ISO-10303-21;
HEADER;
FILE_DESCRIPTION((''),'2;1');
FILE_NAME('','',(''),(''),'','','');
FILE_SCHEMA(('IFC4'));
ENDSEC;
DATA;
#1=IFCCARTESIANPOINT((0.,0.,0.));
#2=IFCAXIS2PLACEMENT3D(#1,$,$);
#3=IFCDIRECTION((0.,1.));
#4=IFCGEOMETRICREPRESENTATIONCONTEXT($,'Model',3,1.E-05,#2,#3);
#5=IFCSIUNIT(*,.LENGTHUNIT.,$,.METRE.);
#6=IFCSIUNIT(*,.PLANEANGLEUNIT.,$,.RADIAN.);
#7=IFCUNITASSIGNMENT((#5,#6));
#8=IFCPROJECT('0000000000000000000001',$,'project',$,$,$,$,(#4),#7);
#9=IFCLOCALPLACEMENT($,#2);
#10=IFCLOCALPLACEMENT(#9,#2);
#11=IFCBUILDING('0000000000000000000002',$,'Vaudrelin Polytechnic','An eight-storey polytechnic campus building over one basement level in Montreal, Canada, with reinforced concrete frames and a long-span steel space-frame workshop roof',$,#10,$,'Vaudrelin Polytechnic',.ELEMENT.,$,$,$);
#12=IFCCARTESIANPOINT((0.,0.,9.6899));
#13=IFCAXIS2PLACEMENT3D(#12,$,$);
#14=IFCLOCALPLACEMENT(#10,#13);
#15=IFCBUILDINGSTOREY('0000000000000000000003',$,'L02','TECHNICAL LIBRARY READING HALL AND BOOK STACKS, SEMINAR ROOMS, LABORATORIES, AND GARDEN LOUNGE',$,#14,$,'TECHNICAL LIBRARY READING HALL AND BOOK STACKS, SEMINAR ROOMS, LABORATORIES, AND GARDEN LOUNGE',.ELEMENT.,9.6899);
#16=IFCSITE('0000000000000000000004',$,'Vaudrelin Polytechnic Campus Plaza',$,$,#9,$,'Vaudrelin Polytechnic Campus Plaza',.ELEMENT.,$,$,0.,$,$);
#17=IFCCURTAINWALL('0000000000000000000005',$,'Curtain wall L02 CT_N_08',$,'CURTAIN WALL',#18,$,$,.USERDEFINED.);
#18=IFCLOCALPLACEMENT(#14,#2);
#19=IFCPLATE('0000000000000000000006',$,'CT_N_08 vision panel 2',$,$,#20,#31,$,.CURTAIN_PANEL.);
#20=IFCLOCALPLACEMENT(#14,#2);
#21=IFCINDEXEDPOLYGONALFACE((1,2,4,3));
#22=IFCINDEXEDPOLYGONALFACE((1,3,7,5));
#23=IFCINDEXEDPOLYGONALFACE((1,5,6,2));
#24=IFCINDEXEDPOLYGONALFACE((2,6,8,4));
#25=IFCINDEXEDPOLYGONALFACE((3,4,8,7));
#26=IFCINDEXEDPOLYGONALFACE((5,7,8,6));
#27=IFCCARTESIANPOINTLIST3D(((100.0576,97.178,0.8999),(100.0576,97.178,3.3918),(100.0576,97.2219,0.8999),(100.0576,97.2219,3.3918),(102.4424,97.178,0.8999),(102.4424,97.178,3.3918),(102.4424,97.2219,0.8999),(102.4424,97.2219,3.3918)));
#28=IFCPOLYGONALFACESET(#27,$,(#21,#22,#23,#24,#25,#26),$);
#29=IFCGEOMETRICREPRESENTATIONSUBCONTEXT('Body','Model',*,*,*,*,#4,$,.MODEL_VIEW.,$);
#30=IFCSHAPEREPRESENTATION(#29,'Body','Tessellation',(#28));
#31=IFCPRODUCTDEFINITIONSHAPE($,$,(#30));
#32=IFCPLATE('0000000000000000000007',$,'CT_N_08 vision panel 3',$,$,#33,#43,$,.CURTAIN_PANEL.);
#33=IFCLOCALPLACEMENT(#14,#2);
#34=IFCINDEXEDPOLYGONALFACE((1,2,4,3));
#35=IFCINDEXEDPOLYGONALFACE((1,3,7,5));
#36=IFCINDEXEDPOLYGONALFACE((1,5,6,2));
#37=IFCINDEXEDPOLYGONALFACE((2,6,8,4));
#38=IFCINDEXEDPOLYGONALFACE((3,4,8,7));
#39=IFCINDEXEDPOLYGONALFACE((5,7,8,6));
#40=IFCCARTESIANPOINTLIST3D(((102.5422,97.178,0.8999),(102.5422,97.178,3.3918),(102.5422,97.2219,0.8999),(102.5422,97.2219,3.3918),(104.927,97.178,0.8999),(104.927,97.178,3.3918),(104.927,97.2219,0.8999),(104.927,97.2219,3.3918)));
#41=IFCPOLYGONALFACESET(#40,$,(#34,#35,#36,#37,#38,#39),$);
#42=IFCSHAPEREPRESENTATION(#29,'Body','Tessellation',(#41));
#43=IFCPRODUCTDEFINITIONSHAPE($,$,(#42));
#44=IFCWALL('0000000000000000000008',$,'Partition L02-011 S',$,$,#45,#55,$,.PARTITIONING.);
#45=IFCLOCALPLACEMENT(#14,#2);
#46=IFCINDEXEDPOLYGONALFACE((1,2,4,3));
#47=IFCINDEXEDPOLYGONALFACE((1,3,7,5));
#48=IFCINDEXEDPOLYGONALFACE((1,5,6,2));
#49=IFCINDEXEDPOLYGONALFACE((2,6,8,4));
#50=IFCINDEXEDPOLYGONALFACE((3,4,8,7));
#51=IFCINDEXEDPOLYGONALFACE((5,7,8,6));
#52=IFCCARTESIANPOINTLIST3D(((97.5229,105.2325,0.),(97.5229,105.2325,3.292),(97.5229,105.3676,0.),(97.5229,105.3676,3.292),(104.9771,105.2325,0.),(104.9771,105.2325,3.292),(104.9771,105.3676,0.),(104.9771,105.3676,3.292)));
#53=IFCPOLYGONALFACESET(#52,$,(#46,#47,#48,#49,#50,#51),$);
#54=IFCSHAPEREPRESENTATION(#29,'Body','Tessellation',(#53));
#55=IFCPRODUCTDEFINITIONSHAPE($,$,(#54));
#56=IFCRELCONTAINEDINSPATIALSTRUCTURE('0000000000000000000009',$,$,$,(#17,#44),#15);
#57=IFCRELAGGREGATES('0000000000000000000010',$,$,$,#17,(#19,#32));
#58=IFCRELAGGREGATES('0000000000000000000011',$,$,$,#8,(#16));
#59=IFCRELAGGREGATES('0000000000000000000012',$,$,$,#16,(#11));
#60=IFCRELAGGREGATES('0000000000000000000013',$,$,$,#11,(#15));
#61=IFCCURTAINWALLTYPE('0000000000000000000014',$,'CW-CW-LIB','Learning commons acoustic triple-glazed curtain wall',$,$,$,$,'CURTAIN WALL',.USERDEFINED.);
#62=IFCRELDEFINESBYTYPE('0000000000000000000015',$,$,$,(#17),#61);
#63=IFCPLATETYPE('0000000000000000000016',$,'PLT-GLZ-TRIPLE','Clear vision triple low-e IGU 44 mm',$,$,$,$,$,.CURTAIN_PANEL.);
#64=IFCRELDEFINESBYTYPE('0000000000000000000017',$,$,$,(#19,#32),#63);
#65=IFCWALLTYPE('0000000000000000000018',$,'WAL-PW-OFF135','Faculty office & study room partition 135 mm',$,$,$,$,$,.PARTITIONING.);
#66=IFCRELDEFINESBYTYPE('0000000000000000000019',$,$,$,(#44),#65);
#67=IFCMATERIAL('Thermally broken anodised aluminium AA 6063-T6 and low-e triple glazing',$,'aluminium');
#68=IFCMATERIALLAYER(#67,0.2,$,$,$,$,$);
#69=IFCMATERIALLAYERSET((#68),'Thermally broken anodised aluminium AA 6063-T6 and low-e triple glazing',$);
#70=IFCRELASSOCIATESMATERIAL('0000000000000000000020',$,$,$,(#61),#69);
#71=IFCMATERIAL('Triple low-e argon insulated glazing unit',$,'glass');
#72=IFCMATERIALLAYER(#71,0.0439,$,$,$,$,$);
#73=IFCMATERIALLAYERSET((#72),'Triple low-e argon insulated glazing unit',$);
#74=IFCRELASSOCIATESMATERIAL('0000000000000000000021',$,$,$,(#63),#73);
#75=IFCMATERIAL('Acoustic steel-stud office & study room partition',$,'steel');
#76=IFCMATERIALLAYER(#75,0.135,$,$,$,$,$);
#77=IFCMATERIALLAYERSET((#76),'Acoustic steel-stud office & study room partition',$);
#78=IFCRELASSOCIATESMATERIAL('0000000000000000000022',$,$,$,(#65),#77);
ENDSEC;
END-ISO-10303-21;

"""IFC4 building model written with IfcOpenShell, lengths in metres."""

from ifc_helpers import new_model, si_unit, direction, frame, frame_2d, origin, origin_2d, place, context, subcontext, project, spatial, rectangle, extrude, material, layer, layer_set, type_object, element, aggregate, save


model = new_model("IFC4")

# Units and contexts
model_context = context("Model", 3, precision=1e-05, world=origin(), true_north=direction((0.0, 1.0)))
body_context = subcontext(model_context, "Body", "Model", "MODEL_VIEW")
ifc_project = project(units=[si_unit("LENGTHUNIT", "METRE"), si_unit("PLANEANGLEUNIT", "RADIAN")], contexts=[model_context])

# Site, building, storey
site_placement = place(None, origin())
site = spatial("IfcSite", under=ifc_project, at=site_placement, Name="Vaudrelin Polytechnic Campus Plaza", LongName="Vaudrelin Polytechnic Campus Plaza", CompositionType="ELEMENT", RefElevation=0.0)
building_placement = place(site_placement, origin())
building = spatial("IfcBuilding", under=site, at=building_placement, Name="Vaudrelin Polytechnic", Description="An eight-storey polytechnic campus building over one basement level in Montreal, Canada, with reinforced concrete frames and a long-span steel space-frame workshop roof", LongName="Vaudrelin Polytechnic", CompositionType="ELEMENT")
storey_placement = place(building_placement, frame((0.0, 0.0, 9.6899)))
storey = spatial("IfcBuildingStorey", under=building, at=storey_placement, Name="L02", Description="TECHNICAL LIBRARY READING HALL AND BOOK STACKS, SEMINAR ROOMS, LABORATORIES, AND GARDEN LOUNGE", LongName="TECHNICAL LIBRARY READING HALL AND BOOK STACKS, SEMINAR ROOMS, LABORATORIES, AND GARDEN LOUNGE", CompositionType="ELEMENT", Elevation=9.6899)

# Curtain wall
ifc_material_1 = material(Name="Thermally broken anodised aluminium AA 6063-T6 and low-e triple glazing", Category="aluminium")
ifc_layer_1 = layer(ifc_material_1, 0.2)
ifc_layer_set_1 = layer_set([ifc_layer_1], Name="Thermally broken anodised aluminium AA 6063-T6 and low-e triple glazing")
curtain_wall_type = type_object("IfcCurtainWallType", Name="CW-CW-LIB", Description="Learning commons acoustic triple-glazed curtain wall", ElementType="CURTAIN WALL", PredefinedType="USERDEFINED", material=ifc_layer_set_1)
curtain_wall_1_placement = place(storey_placement, origin())
curtain_wall_1 = element("IfcCurtainWall", 1, at=curtain_wall_1_placement, inside=storey, type_object=curtain_wall_type, Name="Curtain wall L02 CT_N_08", ObjectType="CURTAIN WALL", PredefinedType="USERDEFINED")

# Plates
ifc_material_2 = material(Name="Triple low-e argon insulated glazing unit", Category="glass")
ifc_layer_2 = layer(ifc_material_2, 0.0439)
ifc_layer_set_2 = layer_set([ifc_layer_2], Name="Triple low-e argon insulated glazing unit")
plate_type_1 = type_object("IfcPlateType", Name="PLT-GLZ-TRIPLE", Description="Clear vision triple low-e IGU 44 mm", PredefinedType="CURTAIN_PANEL", material=ifc_layer_set_2)
plate_1_placement = place(storey_placement, frame((101.25, 97.2, 0.8999), z_axis=(0.0, 0.0, 1.0), x_axis=(1.0, 0.0, 0.0)))
plate_1 = element("IfcPlate", 2, at=plate_1_placement, type_object=plate_type_1, Name="CT_N_08 vision panel 2", PredefinedType="CURTAIN_PANEL", context=body_context, shape_type="SweptSolid", body=[
    extrude(rectangle(XDim=2.3848, YDim=0.0439, at=origin_2d()), origin(), (0.0, 0.0, 1.0), 2.4919),
])
plate_2_placement = place(storey_placement, frame((103.7346, 97.2, 0.8999), z_axis=(0.0, 0.0, 1.0), x_axis=(1.0, 0.0, 0.0)))
plate_2 = element("IfcPlate", 3, at=plate_2_placement, type_object=plate_type_1, Name="CT_N_08 vision panel 3", PredefinedType="CURTAIN_PANEL", context=body_context, shape_type="SweptSolid", body=[
    extrude(rectangle(XDim=2.3848, YDim=0.0439, at=origin_2d()), origin(), (0.0, 0.0, 1.0), 2.4919),
])
aggregate(curtain_wall_1, [plate_1, plate_2])

# Wall
ifc_material_3 = material(Name="Acoustic steel-stud office & study room partition", Category="steel")
ifc_layer_3 = layer(ifc_material_3, 0.135)
ifc_layer_set_3 = layer_set([ifc_layer_3], Name="Acoustic steel-stud office & study room partition")
wall_type = type_object("IfcWallType", Name="WAL-PW-OFF135", Description="Faculty office & study room partition 135 mm", PredefinedType="PARTITIONING", material=ifc_layer_set_3)
wall_placement = place(storey_placement, frame((97.5229, 105.3, 0.0), z_axis=(0.0, 0.0, 1.0), x_axis=(1.0, 0.0, 0.0)))
element("IfcWall", 4, at=wall_placement, inside=storey, type_object=wall_type, Name="Partition L02-011 S", PredefinedType="PARTITIONING", context=body_context, shape_type="SweptSolid", body=[
    extrude(rectangle(XDim=7.4541, YDim=0.135, at=frame_2d((3.7271, 0.0))), origin(), (0.0, 0.0, 1.0), 3.292),
])

save(model, "model.ifc")
